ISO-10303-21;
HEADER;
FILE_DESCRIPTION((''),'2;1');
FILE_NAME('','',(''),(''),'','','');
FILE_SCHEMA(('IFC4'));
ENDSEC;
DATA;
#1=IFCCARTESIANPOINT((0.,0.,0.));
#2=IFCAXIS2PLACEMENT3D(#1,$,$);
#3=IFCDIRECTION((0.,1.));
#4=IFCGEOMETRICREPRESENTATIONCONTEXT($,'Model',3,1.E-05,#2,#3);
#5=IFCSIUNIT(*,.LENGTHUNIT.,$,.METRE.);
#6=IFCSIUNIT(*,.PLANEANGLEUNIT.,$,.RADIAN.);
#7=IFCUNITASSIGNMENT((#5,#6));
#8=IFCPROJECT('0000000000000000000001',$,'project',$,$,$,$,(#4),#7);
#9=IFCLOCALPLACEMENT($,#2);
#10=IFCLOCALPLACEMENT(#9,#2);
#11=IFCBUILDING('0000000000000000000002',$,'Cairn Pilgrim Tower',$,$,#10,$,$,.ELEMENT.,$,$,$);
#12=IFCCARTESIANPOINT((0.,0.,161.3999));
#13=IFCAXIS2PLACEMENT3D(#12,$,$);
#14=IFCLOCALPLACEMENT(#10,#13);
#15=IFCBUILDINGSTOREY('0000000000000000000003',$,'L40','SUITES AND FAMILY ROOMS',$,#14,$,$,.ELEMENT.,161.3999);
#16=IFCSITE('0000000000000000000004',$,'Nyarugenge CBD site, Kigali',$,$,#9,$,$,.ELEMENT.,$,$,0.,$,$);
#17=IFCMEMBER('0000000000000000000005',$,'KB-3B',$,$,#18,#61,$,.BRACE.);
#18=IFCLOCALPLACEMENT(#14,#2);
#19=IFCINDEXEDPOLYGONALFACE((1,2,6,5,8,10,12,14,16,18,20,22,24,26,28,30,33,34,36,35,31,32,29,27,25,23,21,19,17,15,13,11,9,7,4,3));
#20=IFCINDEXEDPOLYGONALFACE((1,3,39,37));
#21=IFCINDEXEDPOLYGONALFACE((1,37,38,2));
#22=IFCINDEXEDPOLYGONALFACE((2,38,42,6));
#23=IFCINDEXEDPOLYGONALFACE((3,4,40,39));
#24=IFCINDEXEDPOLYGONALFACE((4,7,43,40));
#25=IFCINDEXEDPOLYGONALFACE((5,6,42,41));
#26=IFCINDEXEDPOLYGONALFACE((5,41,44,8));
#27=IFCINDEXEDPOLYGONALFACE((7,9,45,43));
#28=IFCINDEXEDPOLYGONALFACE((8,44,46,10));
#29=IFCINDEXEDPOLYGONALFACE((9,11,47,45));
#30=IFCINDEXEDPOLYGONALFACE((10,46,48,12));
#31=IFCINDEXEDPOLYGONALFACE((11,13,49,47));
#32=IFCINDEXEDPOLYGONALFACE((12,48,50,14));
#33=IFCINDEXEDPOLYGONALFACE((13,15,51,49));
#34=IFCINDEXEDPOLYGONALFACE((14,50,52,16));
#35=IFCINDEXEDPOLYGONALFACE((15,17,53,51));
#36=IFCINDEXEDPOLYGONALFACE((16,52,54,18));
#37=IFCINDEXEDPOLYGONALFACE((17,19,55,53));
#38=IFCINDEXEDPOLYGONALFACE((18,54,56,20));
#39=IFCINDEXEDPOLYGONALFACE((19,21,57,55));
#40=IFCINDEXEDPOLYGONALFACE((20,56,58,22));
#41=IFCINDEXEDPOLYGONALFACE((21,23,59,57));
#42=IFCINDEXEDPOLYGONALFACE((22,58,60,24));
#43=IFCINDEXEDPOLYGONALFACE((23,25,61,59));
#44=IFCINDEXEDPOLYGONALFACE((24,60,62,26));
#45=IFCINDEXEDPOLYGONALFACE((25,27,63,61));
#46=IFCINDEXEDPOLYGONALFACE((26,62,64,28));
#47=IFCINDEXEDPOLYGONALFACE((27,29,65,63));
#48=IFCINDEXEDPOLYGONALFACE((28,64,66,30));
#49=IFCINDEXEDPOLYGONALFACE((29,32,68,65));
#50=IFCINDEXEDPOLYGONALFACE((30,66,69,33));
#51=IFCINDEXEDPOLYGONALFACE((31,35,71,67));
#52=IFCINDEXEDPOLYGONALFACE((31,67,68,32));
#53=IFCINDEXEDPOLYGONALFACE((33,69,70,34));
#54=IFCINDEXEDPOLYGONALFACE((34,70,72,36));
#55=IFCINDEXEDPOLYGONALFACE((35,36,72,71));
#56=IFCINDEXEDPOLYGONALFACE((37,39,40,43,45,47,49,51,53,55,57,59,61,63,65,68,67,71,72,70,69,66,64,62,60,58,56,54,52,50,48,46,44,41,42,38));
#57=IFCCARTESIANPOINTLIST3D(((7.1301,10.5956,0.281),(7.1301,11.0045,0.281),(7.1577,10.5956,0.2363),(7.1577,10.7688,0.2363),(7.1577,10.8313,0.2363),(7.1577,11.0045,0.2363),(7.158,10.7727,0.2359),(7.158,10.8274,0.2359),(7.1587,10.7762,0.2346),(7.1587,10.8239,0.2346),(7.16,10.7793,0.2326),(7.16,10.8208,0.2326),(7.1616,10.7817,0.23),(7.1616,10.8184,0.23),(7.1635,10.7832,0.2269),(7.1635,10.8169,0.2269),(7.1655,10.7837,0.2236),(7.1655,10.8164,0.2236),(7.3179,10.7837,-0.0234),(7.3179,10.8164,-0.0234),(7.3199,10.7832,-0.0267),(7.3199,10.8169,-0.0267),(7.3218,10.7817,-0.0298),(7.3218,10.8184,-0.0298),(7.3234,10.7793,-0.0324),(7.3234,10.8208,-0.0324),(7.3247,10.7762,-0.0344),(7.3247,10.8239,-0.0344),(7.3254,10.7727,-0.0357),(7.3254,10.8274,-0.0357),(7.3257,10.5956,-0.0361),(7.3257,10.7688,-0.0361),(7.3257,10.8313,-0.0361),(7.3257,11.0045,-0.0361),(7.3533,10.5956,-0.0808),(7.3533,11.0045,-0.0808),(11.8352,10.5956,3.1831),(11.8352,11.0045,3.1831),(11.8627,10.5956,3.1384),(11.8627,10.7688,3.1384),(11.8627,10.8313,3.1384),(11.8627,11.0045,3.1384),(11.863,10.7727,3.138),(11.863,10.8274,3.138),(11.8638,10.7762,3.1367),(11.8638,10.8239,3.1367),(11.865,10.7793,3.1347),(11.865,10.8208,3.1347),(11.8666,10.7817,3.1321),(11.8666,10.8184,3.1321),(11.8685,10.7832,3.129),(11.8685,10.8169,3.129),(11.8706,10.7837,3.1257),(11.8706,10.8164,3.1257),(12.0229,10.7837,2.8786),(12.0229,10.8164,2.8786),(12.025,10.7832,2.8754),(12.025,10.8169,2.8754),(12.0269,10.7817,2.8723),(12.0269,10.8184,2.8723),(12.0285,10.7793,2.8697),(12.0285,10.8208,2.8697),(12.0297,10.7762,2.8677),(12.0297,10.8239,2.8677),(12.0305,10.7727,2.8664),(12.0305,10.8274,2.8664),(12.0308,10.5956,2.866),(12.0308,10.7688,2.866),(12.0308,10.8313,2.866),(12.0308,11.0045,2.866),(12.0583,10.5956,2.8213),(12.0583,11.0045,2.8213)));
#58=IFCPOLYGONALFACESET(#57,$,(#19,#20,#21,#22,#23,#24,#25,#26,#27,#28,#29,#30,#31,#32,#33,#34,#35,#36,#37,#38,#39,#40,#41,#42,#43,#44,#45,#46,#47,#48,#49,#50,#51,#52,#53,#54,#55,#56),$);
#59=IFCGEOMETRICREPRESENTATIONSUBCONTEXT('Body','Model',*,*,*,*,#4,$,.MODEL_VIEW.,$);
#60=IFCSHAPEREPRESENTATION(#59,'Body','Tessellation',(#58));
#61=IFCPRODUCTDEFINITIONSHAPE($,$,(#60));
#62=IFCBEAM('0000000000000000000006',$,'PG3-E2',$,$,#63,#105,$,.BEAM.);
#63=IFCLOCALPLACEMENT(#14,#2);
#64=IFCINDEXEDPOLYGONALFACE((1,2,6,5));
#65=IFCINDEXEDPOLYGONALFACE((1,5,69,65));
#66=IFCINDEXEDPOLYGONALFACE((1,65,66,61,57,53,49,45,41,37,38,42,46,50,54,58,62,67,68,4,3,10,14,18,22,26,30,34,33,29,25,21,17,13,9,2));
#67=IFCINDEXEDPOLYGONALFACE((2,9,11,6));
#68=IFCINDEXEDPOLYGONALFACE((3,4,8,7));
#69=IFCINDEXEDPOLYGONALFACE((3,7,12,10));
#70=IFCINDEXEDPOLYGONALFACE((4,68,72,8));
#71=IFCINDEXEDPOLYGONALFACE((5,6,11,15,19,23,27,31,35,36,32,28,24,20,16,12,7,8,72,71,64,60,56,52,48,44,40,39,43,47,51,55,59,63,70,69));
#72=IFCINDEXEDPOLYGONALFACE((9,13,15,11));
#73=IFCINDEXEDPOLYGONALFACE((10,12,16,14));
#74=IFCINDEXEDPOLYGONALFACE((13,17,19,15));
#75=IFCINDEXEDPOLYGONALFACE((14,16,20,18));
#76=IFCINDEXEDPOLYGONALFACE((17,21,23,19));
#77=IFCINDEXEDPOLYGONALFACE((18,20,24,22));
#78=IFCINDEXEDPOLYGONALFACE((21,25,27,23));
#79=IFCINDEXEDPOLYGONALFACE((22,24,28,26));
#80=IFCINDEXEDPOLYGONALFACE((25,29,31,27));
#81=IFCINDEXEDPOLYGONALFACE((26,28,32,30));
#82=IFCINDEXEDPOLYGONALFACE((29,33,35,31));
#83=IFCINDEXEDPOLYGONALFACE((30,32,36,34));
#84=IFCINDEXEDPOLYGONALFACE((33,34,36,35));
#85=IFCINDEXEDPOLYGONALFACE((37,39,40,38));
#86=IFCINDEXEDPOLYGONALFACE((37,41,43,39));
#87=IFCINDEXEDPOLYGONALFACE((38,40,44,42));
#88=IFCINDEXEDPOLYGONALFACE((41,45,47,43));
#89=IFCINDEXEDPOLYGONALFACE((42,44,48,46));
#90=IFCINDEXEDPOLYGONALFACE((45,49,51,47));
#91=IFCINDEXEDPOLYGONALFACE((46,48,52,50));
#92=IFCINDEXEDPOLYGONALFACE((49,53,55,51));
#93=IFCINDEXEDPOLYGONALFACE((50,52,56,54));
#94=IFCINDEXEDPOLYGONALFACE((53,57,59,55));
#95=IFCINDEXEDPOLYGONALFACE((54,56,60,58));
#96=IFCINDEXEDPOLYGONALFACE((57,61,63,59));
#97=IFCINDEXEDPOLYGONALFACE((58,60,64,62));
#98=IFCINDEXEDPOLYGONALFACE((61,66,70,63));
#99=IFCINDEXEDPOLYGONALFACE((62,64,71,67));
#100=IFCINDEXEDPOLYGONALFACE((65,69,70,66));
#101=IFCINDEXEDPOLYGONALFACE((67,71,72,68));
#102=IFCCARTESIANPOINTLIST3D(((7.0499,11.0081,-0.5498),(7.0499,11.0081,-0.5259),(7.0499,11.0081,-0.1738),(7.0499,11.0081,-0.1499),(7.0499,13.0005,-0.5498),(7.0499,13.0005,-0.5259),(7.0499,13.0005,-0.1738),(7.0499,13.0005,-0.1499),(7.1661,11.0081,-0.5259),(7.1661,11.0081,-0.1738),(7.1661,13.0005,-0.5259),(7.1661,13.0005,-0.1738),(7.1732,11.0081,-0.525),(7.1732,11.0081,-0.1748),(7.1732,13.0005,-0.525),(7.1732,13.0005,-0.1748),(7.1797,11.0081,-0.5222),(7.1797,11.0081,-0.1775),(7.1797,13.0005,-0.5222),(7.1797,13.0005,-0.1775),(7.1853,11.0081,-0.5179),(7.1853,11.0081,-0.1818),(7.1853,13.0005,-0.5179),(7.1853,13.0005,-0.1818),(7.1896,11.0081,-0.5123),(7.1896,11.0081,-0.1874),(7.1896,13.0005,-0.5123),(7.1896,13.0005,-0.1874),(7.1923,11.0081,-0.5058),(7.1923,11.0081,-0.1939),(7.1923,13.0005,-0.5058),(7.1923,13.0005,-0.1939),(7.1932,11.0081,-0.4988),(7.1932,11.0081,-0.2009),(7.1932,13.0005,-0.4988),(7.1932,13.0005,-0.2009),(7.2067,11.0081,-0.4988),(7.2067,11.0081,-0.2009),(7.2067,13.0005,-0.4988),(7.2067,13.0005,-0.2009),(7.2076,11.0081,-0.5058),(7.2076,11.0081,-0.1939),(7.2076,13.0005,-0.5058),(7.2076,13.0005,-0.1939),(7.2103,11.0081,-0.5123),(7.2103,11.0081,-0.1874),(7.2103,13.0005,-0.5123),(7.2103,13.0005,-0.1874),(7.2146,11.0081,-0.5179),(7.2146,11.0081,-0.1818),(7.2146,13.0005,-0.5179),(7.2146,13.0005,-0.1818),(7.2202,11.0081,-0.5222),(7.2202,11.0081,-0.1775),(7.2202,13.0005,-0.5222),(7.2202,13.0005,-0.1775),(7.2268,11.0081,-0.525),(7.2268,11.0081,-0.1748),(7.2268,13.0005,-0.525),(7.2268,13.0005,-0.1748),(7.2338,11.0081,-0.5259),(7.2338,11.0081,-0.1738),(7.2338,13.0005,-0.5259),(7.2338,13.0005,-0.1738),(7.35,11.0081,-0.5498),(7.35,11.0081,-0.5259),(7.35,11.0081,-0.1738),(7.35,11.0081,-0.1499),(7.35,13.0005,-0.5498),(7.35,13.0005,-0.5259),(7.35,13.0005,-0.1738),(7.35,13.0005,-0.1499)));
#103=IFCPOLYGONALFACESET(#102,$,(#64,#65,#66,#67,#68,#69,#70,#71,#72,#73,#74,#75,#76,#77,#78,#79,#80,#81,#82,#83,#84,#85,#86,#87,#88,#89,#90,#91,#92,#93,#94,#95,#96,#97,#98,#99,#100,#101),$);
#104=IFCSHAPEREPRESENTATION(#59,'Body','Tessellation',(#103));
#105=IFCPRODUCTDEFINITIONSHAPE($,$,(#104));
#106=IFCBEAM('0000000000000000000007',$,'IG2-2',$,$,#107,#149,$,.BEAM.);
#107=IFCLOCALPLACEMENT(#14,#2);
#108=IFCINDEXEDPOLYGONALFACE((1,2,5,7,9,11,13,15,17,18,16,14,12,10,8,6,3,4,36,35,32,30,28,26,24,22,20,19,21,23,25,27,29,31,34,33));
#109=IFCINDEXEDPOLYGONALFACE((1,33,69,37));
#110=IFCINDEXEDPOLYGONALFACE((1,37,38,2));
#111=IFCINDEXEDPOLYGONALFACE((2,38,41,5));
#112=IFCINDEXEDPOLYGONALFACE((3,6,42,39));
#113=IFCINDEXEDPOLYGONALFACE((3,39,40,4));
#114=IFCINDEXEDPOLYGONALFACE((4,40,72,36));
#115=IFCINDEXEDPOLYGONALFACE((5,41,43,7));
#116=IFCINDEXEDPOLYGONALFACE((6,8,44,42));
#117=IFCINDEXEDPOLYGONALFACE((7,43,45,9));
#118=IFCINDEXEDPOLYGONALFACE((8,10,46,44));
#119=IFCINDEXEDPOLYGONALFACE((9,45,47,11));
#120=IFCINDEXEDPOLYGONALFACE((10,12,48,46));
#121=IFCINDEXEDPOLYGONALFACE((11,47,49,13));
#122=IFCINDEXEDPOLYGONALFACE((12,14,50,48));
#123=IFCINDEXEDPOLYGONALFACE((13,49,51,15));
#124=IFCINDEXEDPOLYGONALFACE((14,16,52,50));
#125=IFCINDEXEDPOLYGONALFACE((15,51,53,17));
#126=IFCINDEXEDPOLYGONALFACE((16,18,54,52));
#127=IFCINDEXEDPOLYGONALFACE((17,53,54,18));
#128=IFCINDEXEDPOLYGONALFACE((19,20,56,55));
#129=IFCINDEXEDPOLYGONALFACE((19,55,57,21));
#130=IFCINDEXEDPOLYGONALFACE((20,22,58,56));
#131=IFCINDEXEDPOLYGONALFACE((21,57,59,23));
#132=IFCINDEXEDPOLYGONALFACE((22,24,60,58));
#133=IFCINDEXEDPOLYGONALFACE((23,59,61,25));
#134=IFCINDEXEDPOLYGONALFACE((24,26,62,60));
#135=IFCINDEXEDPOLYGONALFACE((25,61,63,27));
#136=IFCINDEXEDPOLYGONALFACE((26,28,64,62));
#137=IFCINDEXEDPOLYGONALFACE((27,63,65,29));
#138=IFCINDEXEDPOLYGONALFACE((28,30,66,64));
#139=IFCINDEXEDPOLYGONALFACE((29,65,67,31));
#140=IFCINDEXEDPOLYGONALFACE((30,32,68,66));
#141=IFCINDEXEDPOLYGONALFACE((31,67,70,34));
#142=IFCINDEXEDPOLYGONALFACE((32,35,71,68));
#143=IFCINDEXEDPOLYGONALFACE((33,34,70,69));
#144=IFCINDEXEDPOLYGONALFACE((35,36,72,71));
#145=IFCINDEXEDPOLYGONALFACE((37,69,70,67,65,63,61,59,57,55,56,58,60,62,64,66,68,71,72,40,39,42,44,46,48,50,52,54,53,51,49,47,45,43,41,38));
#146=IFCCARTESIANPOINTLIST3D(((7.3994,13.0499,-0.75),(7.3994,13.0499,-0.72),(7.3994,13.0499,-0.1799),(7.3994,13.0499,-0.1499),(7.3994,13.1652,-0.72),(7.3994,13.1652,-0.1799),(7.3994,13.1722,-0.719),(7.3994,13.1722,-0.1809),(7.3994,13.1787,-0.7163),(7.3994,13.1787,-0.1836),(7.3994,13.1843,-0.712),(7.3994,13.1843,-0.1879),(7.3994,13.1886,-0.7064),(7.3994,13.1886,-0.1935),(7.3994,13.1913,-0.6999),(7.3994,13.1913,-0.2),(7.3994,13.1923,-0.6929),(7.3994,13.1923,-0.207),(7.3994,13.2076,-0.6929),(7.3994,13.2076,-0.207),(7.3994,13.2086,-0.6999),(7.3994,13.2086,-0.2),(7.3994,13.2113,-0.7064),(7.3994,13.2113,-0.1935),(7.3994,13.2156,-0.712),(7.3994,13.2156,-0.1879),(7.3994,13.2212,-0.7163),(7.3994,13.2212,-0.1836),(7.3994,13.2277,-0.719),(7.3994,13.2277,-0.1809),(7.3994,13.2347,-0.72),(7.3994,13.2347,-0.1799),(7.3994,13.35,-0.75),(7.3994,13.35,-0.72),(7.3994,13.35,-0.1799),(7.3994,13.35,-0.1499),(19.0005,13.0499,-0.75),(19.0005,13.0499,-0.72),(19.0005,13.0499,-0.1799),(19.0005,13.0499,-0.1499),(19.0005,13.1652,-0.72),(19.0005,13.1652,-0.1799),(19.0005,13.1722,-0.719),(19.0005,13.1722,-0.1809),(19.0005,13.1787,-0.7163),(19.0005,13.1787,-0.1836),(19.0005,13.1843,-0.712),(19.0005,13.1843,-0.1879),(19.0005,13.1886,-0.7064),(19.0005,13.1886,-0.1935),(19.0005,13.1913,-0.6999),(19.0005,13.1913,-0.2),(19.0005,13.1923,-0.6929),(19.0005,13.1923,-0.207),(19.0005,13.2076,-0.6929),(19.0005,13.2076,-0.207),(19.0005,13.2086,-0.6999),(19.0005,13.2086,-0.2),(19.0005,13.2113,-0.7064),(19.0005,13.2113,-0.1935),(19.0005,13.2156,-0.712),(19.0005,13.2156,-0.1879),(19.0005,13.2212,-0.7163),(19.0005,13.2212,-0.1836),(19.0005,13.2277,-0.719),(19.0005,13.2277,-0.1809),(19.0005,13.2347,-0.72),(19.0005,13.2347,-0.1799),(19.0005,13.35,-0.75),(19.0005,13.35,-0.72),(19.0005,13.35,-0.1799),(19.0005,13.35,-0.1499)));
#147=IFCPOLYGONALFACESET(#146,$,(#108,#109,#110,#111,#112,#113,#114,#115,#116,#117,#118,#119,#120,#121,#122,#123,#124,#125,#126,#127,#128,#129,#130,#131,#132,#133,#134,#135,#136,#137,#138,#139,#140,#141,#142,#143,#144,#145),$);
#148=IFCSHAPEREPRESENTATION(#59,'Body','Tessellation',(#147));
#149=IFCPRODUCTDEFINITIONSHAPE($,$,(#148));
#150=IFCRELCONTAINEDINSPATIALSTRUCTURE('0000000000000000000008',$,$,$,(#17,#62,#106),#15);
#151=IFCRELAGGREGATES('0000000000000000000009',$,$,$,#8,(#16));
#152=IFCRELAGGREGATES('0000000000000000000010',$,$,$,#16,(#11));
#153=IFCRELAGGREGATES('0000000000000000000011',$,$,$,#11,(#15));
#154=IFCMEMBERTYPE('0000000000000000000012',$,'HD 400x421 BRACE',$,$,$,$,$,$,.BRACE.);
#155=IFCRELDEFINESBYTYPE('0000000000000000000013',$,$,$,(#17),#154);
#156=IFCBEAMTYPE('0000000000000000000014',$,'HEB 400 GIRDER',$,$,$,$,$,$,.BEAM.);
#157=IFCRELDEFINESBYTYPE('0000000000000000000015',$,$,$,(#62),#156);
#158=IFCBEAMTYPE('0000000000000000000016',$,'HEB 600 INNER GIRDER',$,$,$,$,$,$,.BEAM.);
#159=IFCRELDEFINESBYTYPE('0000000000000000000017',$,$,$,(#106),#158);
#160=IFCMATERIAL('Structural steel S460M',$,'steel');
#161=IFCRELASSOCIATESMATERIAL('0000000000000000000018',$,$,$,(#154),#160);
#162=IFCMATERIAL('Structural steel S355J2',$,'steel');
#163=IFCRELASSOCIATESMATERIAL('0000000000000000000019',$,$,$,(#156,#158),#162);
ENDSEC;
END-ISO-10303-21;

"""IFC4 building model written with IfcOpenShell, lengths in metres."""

from ifc_helpers import new_model, si_unit, direction, frame, origin, origin_2d, place, context, subcontext, project, spatial, i_section, extrude, material, material_profile, profile_set, type_object, element, save


model = new_model("IFC4")

# Units and contexts
model_context = context("Model", 3, precision=1e-05, world=origin(), true_north=direction((0.0, 1.0)))
body_context = subcontext(model_context, "Body", "Model", "MODEL_VIEW")
ifc_project = project(units=[si_unit("LENGTHUNIT", "METRE"), si_unit("PLANEANGLEUNIT", "RADIAN")], contexts=[model_context])

# Site, building, storey
site_placement = place(None, origin())
site = spatial("IfcSite", under=ifc_project, at=site_placement, Name="Nyarugenge CBD site, Kigali", CompositionType="ELEMENT", RefElevation=0.0)
building_placement = place(site_placement, origin())
building = spatial("IfcBuilding", under=site, at=building_placement, Name="Cairn Pilgrim Tower", CompositionType="ELEMENT")
storey_placement = place(building_placement, frame((0.0, 0.0, 161.3999)))
storey = spatial("IfcBuildingStorey", under=building, at=storey_placement, Name="L40", Description="SUITES AND FAMILY ROOMS", CompositionType="ELEMENT", Elevation=161.3999)

# Member
ifc_material_1 = material(Name="Structural steel S460M", Category="steel")
ifc_material_profile_1 = material_profile(ifc_material_1, i_section(OverallWidth=0.4089, OverallDepth=0.425, WebThickness=0.0327, FlangeThickness=0.0525, FilletRadius=0.0149, at=origin_2d()), Name="HD 400x421")
ifc_profile_set_1 = profile_set([ifc_material_profile_1], Name="Structural steel S460M")
member_type = type_object("IfcMemberType", Name="HD 400x421 BRACE", PredefinedType="BRACE", material=ifc_profile_set_1)
member_placement = place(storey_placement, frame((7.2417, 10.8, 0.1001), z_axis=(0.85112, 0.0, 0.524972), x_axis=(0.0, 1.0, 0.0)))
element("IfcMember", 1, at=member_placement, inside=storey, type_object=member_type, Name="KB-3B", PredefinedType="BRACE", context=body_context, shape_type="SweptSolid", body=[
    extrude(i_section(OverallWidth=0.4089, OverallDepth=0.425, WebThickness=0.0327, FlangeThickness=0.0525, FilletRadius=0.0149, at=origin_2d()), origin(), (0.0, 0.0, 1.0), 5.5281),
])

# Beams
ifc_material_2 = material(Name="Structural steel S355J2", Category="steel")
ifc_material_profile_2 = material_profile(ifc_material_2, i_section(OverallWidth=0.3, OverallDepth=0.3999, WebThickness=0.0134, FlangeThickness=0.0239, FilletRadius=0.0271, at=origin_2d()), Name="HEB 400")
ifc_profile_set_2 = profile_set([ifc_material_profile_2], Name="Structural steel S355J2")
beam_type_1 = type_object("IfcBeamType", Name="HEB 400 GIRDER", PredefinedType="BEAM", material=ifc_profile_set_2)
beam_1_placement = place(storey_placement, frame((7.2, 11.0081, -0.3499), z_axis=(0.0, 1.0, 0.0), x_axis=(-1.0, 0.0, 0.0)))
element("IfcBeam", 2, at=beam_1_placement, inside=storey, type_object=beam_type_1, Name="PG3-E2", PredefinedType="BEAM", context=body_context, shape_type="SweptSolid", body=[
    extrude(i_section(OverallWidth=0.3, OverallDepth=0.3999, WebThickness=0.0134, FlangeThickness=0.0239, FilletRadius=0.0271, at=origin_2d()), origin(), (0.0, 0.0, 1.0), 1.9924),
])
ifc_material_profile_3 = material_profile(ifc_material_2, i_section(OverallWidth=0.3, OverallDepth=0.6001, WebThickness=0.0154, FlangeThickness=0.03, FilletRadius=0.0271, at=origin_2d()), Name="HEB 600")
ifc_profile_set_3 = profile_set([ifc_material_profile_3], Name="Structural steel S355J2")
beam_type_2 = type_object("IfcBeamType", Name="HEB 600 INNER GIRDER", PredefinedType="BEAM", material=ifc_profile_set_3)
beam_2_placement = place(storey_placement, frame((7.3994, 13.2, -0.45), z_axis=(1.0, 0.0, 0.0), x_axis=(0.0, 1.0, 0.0)))
element("IfcBeam", 3, at=beam_2_placement, inside=storey, type_object=beam_type_2, Name="IG2-2", PredefinedType="BEAM", context=body_context, shape_type="SweptSolid", body=[
    extrude(i_section(OverallWidth=0.3, OverallDepth=0.6001, WebThickness=0.0154, FlangeThickness=0.03, FilletRadius=0.0271, at=origin_2d()), origin(), (0.0, 0.0, 1.0), 11.6011),
])

save(model, "model.ifc")
